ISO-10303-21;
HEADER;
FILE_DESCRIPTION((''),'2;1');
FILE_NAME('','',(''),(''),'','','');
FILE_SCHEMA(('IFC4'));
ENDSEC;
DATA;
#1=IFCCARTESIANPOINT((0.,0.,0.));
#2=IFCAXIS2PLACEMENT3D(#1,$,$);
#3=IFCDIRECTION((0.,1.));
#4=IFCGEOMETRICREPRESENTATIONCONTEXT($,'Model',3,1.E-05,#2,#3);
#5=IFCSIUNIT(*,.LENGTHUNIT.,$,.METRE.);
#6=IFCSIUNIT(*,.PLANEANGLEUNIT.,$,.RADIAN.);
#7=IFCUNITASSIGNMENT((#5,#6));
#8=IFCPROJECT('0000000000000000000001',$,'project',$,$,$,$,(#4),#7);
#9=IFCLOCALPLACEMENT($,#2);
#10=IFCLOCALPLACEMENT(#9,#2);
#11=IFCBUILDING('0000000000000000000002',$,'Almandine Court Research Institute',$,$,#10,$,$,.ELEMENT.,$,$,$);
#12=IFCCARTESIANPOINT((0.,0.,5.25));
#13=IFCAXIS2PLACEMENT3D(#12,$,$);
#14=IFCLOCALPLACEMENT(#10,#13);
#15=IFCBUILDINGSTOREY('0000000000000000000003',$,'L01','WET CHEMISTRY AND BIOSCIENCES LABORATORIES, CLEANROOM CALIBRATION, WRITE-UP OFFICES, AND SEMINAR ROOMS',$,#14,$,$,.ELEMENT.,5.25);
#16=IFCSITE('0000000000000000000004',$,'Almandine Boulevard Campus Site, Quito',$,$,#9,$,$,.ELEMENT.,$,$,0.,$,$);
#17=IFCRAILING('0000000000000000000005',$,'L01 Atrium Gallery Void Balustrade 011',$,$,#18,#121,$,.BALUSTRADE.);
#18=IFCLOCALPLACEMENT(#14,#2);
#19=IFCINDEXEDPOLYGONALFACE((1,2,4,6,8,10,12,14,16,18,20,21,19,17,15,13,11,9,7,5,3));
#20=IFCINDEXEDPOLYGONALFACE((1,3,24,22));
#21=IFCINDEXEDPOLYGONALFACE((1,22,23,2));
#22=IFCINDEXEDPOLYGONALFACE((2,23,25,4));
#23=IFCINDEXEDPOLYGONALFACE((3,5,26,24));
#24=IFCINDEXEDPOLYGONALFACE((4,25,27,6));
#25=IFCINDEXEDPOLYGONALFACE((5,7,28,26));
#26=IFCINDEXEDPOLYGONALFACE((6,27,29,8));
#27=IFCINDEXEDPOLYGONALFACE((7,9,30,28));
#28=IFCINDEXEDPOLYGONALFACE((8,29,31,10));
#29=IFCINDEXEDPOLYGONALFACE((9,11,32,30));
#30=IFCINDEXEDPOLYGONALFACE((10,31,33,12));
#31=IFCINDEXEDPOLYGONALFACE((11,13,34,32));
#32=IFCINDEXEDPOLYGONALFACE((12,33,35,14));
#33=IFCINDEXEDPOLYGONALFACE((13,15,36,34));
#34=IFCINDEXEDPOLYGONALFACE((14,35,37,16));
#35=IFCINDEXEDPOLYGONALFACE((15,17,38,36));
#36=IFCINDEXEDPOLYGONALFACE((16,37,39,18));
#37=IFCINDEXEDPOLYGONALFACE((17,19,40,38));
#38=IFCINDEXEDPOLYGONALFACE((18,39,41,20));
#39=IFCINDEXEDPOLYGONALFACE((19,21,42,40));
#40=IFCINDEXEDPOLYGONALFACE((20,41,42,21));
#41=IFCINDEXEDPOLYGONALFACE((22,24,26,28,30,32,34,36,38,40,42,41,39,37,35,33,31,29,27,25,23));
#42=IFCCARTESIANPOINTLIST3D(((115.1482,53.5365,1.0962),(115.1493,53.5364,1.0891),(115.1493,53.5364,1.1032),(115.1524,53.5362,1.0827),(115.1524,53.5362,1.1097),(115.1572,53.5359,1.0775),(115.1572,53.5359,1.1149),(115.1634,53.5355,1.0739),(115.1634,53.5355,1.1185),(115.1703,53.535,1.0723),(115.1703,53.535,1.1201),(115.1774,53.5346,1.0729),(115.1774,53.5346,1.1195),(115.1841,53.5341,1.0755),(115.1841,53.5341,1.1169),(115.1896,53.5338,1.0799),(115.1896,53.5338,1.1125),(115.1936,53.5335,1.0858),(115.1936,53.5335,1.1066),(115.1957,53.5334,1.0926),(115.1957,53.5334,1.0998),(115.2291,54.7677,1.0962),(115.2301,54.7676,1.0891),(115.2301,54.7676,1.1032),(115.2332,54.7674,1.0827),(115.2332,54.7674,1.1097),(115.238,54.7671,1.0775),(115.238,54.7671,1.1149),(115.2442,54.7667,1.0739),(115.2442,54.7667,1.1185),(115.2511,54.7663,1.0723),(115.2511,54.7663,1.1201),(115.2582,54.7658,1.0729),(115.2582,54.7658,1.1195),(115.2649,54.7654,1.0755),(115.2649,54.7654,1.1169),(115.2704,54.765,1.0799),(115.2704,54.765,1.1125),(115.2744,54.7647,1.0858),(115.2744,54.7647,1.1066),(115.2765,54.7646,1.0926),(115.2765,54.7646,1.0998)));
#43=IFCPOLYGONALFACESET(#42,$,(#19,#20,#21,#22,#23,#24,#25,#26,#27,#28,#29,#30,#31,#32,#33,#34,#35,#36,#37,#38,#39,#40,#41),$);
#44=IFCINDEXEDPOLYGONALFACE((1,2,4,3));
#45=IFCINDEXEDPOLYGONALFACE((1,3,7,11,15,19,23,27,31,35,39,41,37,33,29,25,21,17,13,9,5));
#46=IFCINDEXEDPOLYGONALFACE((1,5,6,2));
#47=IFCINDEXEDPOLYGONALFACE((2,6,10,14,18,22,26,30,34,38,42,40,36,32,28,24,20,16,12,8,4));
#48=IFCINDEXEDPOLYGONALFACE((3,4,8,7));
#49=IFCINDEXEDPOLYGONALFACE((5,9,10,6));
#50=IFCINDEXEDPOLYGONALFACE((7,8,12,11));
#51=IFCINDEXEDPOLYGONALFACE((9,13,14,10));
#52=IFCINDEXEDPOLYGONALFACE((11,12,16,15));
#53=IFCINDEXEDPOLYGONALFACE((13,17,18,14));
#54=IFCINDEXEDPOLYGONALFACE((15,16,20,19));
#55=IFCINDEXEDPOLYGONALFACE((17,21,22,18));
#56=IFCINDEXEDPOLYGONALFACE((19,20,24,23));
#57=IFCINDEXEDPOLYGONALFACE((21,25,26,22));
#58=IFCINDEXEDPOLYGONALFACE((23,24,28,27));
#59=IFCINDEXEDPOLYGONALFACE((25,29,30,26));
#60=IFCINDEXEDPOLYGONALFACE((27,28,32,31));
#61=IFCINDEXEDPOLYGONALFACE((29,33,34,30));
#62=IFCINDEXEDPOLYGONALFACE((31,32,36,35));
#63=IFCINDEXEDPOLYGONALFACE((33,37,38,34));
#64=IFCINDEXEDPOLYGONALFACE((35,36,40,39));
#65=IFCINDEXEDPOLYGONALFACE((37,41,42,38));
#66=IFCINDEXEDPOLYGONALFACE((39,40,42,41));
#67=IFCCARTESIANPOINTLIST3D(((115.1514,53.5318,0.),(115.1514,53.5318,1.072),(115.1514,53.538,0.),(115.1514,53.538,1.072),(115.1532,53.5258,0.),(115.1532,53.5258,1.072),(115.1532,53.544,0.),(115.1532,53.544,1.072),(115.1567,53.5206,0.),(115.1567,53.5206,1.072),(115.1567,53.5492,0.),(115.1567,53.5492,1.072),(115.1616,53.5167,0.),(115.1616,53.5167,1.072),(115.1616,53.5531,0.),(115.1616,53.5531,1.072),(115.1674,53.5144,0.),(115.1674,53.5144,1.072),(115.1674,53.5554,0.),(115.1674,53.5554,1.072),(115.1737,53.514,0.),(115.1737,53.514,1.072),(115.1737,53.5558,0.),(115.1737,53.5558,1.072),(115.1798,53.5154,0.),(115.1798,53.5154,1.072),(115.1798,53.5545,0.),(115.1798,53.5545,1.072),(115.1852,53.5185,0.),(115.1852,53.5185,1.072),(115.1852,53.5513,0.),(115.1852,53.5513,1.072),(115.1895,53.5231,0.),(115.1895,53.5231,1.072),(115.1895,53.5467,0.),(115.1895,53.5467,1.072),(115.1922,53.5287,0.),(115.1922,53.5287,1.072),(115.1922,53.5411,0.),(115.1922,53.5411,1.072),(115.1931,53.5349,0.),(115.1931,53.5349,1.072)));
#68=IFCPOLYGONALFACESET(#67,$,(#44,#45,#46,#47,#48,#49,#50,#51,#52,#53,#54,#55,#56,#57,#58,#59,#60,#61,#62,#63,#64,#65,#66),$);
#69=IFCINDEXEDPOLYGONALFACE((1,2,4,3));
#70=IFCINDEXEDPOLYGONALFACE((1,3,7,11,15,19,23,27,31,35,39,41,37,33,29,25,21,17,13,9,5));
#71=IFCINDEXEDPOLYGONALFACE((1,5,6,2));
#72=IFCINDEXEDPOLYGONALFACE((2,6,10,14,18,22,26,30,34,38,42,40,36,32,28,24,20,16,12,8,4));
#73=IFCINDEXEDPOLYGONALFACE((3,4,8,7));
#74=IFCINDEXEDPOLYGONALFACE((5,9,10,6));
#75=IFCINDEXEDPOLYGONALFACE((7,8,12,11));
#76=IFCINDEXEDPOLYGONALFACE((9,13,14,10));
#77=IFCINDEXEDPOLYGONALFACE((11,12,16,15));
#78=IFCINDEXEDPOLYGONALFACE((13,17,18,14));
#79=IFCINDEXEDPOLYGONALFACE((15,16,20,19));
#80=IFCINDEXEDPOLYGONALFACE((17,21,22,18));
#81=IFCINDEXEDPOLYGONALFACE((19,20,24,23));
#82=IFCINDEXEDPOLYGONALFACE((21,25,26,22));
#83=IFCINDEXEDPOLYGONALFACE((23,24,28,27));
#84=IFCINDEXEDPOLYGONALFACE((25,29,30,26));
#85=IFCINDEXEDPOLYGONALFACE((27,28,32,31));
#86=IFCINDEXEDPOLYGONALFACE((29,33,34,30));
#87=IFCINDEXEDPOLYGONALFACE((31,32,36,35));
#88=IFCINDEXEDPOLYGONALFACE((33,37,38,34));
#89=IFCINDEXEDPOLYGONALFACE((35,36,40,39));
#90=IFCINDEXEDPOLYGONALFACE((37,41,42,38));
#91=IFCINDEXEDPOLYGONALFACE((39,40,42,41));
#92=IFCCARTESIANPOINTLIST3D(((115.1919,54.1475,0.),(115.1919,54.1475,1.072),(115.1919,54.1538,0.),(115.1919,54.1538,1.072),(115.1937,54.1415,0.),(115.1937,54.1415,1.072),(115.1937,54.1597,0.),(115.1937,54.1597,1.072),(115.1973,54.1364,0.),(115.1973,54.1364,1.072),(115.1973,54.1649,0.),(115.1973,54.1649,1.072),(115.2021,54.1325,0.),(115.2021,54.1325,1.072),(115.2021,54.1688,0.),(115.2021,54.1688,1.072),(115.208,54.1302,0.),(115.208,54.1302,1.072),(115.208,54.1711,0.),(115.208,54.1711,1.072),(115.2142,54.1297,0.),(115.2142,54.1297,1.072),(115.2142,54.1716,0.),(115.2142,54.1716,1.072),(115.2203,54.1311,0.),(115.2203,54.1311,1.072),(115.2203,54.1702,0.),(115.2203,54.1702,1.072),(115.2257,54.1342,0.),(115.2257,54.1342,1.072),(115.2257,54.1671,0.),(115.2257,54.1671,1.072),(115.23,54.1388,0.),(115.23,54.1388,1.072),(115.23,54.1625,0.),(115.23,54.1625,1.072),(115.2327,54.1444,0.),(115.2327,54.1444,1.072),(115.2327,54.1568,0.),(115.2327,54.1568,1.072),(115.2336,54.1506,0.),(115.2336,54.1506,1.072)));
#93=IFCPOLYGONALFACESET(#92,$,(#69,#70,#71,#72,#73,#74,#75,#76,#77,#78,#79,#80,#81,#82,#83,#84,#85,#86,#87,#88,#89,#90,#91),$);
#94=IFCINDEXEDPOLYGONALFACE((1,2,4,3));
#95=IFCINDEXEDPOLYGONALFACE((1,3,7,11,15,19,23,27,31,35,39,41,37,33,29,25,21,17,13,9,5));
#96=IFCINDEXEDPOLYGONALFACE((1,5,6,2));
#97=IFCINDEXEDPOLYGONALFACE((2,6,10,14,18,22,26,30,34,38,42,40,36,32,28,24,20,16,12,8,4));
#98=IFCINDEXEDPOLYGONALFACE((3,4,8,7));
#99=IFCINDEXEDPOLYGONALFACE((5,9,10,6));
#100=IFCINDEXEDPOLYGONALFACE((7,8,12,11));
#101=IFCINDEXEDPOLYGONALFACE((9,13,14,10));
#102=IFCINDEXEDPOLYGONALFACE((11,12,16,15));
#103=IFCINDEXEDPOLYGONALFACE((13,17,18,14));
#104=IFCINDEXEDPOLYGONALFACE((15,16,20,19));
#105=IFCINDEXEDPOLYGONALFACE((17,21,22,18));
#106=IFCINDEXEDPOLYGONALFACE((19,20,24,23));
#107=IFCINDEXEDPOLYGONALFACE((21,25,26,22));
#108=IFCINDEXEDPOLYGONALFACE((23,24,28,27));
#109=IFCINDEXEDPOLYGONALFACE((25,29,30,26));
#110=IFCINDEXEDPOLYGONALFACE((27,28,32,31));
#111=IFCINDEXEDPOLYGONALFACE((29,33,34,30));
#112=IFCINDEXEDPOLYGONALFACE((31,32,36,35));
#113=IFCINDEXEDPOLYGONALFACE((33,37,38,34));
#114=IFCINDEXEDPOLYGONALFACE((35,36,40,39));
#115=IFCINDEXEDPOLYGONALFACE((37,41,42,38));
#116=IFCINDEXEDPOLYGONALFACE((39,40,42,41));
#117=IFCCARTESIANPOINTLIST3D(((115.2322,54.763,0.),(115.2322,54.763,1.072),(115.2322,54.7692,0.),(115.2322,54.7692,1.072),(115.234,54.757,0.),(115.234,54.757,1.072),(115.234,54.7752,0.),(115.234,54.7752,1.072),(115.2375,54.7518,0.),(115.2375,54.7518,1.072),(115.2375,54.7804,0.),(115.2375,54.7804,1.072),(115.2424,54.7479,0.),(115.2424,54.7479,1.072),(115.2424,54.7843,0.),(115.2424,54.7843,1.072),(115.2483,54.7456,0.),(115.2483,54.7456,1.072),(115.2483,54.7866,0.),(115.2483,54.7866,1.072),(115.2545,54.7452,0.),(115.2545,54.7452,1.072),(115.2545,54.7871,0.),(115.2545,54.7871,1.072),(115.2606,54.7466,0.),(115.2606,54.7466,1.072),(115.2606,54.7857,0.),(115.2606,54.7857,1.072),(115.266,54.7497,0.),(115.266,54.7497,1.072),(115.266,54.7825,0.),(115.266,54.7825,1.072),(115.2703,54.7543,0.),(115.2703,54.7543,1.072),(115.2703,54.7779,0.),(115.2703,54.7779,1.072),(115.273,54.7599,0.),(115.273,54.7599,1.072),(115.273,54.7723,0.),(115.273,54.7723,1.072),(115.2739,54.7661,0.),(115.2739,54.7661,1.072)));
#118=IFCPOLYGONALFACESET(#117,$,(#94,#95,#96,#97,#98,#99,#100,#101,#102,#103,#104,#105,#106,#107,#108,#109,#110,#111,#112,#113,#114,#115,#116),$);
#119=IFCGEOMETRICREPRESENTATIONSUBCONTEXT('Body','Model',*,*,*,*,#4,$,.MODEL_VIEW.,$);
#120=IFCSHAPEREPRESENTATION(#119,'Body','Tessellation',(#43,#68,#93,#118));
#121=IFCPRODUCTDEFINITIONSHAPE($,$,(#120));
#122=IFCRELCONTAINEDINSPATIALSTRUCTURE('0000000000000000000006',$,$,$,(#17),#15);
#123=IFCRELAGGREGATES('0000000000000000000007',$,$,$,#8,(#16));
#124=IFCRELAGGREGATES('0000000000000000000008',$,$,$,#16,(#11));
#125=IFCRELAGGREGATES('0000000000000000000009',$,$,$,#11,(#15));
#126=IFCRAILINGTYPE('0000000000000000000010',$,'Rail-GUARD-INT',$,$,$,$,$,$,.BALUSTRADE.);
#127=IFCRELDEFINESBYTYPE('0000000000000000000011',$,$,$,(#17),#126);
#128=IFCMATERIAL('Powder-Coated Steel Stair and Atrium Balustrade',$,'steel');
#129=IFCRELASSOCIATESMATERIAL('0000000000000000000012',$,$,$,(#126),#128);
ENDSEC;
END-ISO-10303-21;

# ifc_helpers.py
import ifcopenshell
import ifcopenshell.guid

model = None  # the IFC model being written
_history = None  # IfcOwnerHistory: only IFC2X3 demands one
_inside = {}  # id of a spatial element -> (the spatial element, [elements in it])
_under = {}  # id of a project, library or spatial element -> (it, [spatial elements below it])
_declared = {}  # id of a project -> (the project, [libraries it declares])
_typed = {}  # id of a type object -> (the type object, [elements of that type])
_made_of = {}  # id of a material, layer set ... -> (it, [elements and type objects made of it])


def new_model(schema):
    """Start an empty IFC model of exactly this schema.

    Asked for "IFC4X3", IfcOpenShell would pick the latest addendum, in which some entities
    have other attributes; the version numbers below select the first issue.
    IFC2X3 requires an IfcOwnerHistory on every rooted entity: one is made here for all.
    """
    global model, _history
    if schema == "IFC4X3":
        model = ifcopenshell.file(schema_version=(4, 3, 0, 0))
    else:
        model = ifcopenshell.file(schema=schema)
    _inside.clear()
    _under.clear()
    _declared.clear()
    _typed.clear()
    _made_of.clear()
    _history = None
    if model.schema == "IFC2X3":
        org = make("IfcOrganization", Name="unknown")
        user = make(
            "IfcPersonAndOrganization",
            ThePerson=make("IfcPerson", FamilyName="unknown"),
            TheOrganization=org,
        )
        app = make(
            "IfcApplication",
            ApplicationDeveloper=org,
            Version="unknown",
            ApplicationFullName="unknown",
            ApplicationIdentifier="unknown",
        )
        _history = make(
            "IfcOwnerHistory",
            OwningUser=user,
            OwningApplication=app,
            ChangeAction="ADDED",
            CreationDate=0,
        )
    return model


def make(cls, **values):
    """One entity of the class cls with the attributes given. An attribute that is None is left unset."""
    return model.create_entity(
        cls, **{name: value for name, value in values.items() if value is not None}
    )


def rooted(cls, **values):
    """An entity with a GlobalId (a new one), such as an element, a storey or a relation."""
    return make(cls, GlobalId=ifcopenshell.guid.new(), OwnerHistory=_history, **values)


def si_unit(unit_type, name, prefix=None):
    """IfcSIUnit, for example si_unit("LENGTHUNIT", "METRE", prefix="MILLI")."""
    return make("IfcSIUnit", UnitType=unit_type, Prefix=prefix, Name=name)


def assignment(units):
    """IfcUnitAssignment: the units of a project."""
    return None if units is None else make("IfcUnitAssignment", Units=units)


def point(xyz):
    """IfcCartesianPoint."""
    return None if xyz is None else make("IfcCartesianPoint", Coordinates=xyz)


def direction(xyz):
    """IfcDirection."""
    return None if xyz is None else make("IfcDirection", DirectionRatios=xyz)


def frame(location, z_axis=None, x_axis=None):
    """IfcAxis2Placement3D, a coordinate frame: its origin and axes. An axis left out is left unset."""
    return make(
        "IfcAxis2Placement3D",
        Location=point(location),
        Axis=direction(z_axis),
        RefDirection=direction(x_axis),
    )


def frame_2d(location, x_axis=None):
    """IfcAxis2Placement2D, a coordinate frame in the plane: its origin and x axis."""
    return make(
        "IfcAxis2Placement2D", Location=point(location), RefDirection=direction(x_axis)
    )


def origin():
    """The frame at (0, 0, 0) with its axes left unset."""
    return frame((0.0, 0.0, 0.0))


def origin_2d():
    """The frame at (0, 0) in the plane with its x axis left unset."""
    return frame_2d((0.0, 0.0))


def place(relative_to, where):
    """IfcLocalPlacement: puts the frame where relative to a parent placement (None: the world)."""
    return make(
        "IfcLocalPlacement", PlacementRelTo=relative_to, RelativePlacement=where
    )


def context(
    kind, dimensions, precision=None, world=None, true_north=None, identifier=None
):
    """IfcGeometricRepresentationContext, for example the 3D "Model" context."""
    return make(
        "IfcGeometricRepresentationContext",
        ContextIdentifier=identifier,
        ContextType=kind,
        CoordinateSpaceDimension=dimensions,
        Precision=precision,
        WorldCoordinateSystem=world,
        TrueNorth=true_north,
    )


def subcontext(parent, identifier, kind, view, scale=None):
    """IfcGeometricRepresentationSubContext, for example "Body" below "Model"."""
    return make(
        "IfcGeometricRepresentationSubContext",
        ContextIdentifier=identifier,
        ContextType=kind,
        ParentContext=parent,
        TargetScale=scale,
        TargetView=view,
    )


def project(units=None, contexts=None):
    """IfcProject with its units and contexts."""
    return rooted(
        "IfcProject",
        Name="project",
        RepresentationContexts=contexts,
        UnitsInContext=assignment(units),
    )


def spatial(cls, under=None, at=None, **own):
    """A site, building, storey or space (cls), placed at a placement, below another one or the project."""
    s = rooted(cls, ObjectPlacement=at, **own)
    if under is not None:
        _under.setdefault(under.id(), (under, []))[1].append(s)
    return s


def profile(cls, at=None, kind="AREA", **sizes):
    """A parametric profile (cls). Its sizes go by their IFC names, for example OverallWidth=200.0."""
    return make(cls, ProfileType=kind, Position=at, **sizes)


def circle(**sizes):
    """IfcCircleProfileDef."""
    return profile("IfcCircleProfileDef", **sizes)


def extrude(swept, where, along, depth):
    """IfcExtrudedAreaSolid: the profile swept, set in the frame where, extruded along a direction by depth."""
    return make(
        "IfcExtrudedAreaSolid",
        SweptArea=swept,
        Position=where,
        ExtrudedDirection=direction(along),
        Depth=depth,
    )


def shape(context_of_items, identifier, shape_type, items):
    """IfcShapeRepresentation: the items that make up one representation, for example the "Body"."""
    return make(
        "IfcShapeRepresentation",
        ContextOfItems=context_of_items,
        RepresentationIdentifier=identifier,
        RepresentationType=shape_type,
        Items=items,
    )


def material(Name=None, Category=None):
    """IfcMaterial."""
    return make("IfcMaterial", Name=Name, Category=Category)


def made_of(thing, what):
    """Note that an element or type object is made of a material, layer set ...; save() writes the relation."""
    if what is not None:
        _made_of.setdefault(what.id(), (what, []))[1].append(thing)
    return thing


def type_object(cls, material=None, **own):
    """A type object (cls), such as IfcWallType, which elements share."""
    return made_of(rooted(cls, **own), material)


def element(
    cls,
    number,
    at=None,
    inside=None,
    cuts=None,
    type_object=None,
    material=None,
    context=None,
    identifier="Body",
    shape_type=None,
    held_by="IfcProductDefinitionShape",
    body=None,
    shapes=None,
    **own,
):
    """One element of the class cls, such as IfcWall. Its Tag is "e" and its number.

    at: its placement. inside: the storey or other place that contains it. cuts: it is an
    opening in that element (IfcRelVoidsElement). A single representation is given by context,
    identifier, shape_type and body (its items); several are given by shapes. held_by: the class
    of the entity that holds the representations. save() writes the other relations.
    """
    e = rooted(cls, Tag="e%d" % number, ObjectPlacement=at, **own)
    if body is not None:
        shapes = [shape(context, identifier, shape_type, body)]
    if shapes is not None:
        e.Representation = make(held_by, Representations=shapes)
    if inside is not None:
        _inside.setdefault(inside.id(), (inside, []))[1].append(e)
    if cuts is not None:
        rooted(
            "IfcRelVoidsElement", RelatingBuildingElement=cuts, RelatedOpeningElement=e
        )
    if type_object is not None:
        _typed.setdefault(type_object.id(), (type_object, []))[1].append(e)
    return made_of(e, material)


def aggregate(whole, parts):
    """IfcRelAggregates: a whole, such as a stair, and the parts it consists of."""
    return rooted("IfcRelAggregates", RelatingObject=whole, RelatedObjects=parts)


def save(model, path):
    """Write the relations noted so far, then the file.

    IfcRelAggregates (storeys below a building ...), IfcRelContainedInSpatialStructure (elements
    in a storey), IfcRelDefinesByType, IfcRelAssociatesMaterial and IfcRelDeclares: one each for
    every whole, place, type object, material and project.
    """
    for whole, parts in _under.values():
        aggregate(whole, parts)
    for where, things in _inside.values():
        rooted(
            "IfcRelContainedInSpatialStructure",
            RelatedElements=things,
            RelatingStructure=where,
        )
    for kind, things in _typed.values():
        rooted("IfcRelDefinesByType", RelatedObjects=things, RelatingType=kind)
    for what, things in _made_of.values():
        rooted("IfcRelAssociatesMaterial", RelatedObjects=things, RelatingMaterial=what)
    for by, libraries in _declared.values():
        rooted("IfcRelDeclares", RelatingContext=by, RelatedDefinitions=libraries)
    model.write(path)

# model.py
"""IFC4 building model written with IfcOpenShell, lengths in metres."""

from ifc_helpers import new_model, si_unit, direction, frame, origin, origin_2d, place, context, subcontext, project, spatial, circle, extrude, material, type_object, element, save


model = new_model("IFC4")

# Units and contexts
model_context = context("Model", 3, precision=1e-05, world=origin(), true_north=direction((0.0, 1.0)))
body_context = subcontext(model_context, "Body", "Model", "MODEL_VIEW")
ifc_project = project(units=[si_unit("LENGTHUNIT", "METRE"), si_unit("PLANEANGLEUNIT", "RADIAN")], contexts=[model_context])

# Site, building, storey
site_placement = place(None, origin())
site = spatial("IfcSite", under=ifc_project, at=site_placement, Name="Almandine Boulevard Campus Site, Quito", CompositionType="ELEMENT", RefElevation=0.0)
building_placement = place(site_placement, origin())
building = spatial("IfcBuilding", under=site, at=building_placement, Name="Almandine Court Research Institute", CompositionType="ELEMENT")
storey_placement = place(building_placement, frame((0.0, 0.0, 5.25)))
storey = spatial("IfcBuildingStorey", under=building, at=storey_placement, Name="L01", Description="WET CHEMISTRY AND BIOSCIENCES LABORATORIES, CLEANROOM CALIBRATION, WRITE-UP OFFICES, AND SEMINAR ROOMS", CompositionType="ELEMENT", Elevation=5.25)

# Railing
ifc_material_1 = material(Name="Powder-Coated Steel Stair and Atrium Balustrade", Category="steel")
railing_type = type_object("IfcRailingType", Name="Rail-GUARD-INT", PredefinedType="BALUSTRADE", material=ifc_material_1)
railing_1_placement = place(storey_placement, frame((115.1721, 53.5349, 0.0)))
element("IfcRailing", 1, at=railing_1_placement, inside=storey, type_object=railing_type, Name="L01 Atrium Gallery Void Balustrade 011", PredefinedType="BALUSTRADE", context=body_context, shape_type="SweptSolid", body=[
    extrude(circle(Radius=0.0239, at=origin_2d()), frame((0.0, 0.0, 1.0962), z_axis=(0.065495, 0.997853, 0.0), x_axis=(-0.997853, 0.065495, 0.0)), (0.0, 0.0, 1.0), 1.2339),
    extrude(circle(Radius=0.021, at=origin_2d()), origin(), (0.0, 0.0, 1.0), 1.072),
    extrude(circle(Radius=0.021, at=origin_2d()), frame((0.0405, 0.6157, 0.0)), (0.0, 0.0, 1.0), 1.072),
    extrude(circle(Radius=0.021, at=origin_2d()), frame((0.0808, 1.2312, 0.0)), (0.0, 0.0, 1.0), 1.072),
])

save(model, "model.ifc")
